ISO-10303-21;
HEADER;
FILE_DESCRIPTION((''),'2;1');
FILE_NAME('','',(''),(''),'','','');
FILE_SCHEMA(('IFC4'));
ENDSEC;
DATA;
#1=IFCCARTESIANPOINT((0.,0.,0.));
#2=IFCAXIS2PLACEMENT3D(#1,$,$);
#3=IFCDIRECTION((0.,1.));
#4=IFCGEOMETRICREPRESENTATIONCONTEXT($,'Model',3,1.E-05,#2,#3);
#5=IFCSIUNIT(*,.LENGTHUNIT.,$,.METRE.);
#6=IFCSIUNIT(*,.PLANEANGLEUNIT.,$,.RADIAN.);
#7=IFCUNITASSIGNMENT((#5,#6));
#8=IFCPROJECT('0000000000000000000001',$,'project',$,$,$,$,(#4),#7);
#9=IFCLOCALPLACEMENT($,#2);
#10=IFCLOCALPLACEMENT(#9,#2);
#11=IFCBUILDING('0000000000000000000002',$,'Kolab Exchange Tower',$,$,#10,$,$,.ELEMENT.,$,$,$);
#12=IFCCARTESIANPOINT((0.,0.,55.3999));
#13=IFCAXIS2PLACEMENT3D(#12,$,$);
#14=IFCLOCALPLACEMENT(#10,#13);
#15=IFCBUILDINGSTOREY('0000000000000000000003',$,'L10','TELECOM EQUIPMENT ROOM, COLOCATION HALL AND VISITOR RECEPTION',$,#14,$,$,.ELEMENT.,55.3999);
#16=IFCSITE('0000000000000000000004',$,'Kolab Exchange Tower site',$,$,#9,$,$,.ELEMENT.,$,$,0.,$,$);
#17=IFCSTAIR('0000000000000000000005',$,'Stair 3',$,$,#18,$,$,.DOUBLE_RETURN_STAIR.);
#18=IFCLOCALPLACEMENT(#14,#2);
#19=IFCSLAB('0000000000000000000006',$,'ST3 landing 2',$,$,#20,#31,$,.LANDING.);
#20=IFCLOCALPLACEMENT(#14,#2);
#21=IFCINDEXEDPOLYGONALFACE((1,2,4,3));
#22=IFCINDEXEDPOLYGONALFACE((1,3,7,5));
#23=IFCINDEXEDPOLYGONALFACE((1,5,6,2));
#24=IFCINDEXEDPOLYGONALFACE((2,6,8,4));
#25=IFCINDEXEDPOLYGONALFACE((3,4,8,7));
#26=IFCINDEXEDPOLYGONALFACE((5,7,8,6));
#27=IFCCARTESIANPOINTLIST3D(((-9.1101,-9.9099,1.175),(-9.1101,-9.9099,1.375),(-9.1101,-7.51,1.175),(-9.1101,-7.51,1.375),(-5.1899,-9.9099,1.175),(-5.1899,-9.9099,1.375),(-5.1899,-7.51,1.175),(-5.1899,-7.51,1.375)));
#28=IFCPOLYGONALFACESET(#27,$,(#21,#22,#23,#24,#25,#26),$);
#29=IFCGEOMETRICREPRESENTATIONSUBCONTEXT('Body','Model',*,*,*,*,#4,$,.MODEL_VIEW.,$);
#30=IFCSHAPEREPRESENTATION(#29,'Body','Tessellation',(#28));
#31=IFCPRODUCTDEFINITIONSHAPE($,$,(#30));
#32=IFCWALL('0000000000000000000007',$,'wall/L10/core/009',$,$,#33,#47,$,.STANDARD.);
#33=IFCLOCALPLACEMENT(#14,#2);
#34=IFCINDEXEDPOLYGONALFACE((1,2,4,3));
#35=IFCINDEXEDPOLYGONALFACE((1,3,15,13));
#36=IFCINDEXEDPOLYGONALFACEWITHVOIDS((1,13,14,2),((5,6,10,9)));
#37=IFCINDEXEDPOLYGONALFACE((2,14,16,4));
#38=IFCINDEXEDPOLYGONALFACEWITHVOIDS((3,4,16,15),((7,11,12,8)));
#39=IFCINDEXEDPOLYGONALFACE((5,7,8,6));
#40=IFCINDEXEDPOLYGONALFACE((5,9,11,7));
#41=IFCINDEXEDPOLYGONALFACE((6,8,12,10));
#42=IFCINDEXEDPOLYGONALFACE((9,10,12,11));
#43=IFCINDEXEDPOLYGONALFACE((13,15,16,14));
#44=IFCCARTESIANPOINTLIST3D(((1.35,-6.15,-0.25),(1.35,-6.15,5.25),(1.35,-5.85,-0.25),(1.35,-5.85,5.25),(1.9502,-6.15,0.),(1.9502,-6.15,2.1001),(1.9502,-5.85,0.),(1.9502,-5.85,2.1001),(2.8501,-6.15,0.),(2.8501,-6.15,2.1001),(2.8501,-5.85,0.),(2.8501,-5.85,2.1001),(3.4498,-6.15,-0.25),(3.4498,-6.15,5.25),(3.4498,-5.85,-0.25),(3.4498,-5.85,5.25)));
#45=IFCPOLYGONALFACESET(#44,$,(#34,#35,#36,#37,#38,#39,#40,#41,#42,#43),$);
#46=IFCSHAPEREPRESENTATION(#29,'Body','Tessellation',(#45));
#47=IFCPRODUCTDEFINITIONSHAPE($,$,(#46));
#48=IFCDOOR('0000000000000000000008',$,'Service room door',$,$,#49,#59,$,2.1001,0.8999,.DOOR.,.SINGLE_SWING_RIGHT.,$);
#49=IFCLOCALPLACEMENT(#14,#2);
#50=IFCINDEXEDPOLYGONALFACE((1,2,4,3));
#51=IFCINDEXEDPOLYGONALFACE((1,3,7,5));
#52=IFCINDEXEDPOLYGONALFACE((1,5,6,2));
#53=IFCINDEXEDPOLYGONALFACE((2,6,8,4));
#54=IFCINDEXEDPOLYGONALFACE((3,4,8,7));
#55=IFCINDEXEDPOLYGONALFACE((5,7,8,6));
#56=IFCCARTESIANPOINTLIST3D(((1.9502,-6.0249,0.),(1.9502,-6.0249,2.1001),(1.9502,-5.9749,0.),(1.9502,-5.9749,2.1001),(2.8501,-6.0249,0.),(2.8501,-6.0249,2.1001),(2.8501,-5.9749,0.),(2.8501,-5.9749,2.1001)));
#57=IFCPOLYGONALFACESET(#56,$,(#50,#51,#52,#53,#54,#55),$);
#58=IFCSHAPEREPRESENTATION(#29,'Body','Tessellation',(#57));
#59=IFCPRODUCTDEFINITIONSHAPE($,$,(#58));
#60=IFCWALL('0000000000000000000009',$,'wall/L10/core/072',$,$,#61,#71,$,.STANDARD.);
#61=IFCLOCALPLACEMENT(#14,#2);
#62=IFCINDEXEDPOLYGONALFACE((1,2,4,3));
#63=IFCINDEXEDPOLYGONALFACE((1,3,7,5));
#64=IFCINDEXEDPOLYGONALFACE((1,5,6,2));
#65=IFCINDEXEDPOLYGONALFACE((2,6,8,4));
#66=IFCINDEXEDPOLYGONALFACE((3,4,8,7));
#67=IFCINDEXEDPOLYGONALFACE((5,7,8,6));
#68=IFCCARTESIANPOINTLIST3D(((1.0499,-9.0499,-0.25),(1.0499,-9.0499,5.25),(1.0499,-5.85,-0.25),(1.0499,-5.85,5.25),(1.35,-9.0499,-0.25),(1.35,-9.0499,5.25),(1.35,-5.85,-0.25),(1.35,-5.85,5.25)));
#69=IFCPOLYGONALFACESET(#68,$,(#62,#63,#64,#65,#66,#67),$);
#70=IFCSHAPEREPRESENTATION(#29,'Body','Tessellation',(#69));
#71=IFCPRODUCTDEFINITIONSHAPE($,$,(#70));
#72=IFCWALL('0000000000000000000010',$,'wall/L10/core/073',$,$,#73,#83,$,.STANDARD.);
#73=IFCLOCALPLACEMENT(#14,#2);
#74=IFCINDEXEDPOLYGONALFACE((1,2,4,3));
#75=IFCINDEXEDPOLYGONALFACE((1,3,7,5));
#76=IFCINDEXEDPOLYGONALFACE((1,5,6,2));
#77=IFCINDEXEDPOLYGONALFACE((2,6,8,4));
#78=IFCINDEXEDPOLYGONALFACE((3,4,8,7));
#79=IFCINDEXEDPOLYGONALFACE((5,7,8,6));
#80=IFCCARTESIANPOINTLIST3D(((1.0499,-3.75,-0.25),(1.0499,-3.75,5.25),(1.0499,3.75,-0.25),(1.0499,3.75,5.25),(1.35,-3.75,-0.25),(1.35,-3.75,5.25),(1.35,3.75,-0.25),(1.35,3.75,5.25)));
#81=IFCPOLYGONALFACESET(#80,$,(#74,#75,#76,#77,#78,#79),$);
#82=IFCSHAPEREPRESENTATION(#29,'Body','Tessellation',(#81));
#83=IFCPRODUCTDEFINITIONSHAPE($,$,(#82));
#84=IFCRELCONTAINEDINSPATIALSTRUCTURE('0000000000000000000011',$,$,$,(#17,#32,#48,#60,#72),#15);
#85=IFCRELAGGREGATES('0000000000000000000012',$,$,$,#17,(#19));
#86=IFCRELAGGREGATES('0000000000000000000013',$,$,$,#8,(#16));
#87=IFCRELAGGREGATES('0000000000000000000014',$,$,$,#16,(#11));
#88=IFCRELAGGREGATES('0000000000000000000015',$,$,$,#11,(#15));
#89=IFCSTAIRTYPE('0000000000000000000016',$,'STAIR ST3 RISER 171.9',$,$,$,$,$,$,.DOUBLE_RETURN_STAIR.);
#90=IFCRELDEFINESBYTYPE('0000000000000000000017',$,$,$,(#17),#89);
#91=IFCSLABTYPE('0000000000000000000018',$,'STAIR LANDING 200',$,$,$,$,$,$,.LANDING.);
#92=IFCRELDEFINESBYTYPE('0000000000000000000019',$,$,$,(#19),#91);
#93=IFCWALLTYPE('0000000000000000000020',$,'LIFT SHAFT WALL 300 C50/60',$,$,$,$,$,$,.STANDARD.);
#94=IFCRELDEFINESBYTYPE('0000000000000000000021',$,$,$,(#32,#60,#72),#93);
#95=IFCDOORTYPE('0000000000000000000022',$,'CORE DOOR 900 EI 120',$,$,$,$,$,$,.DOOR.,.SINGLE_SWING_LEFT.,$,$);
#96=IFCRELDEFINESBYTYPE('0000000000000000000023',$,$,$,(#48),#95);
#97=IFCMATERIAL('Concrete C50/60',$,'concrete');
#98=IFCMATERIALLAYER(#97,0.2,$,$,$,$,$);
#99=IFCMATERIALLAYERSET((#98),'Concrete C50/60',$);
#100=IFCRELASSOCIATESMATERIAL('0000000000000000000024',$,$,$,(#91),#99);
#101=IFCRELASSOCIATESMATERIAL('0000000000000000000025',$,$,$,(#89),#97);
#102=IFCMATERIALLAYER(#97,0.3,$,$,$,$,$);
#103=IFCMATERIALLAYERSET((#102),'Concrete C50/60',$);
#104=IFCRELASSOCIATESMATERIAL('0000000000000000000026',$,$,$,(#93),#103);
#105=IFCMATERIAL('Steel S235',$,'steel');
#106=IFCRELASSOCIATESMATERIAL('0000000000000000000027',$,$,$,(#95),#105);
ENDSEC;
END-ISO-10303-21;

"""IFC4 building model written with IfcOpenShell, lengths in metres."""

from ifc_helpers import new_model, si_unit, direction, frame, frame_2d, origin, place, context, subcontext, project, spatial, polyline, rectangle, outline, extrude, material, layer, layer_set, type_object, element, fill, aggregate, save


model = new_model("IFC4")

# Units and contexts
model_context = context("Model", 3, precision=1e-05, world=origin(), true_north=direction((0.0, 1.0)))
body_context = subcontext(model_context, "Body", "Model", "MODEL_VIEW")
ifc_project = project(units=[si_unit("LENGTHUNIT", "METRE"), si_unit("PLANEANGLEUNIT", "RADIAN")], contexts=[model_context])

# Site, building, storey
site_placement = place(None, origin())
site = spatial("IfcSite", under=ifc_project, at=site_placement, Name="Kolab Exchange Tower site", CompositionType="ELEMENT", RefElevation=0.0)
building_placement = place(site_placement, origin())
building = spatial("IfcBuilding", under=site, at=building_placement, Name="Kolab Exchange Tower", CompositionType="ELEMENT")
storey_placement = place(building_placement, frame((0.0, 0.0, 55.3999)))
storey = spatial("IfcBuildingStorey", under=building, at=storey_placement, Name="L10", Description="TELECOM EQUIPMENT ROOM, COLOCATION HALL AND VISITOR RECEPTION", CompositionType="ELEMENT", Elevation=55.3999)

# Stair, slab
ifc_material_1 = material(Name="Concrete C50/60", Category="concrete")
ifc_layer_1 = layer(ifc_material_1, 0.2)
ifc_layer_set_1 = layer_set([ifc_layer_1], Name="Concrete C50/60")
slab_type_1 = type_object("IfcSlabType", Name="STAIR LANDING 200", PredefinedType="LANDING", material=ifc_layer_set_1)
stair_type_1 = type_object("IfcStairType", Name="STAIR ST3 RISER 171.9", PredefinedType="DOUBLE_RETURN_STAIR", material=ifc_material_1)
stair_1_placement = place(storey_placement, origin())
stair_1 = element("IfcStair", 1, at=stair_1_placement, inside=storey, type_object=stair_type_1, Name="Stair 3", PredefinedType="DOUBLE_RETURN_STAIR")
slab_1_placement = place(storey_placement, frame((0.0, 0.0, 1.175)))
slab_1 = element("IfcSlab", 2, at=slab_1_placement, type_object=slab_type_1, Name="ST3 landing 2", PredefinedType="LANDING", context=body_context, shape_type="SweptSolid", body=[
    extrude(outline(polyline([(-9.1101, -9.9099), (-5.1899, -9.9099), (-5.1899, -7.51), (-9.1101, -7.51), (-9.1101, -9.9099)])), origin(), (0.0, 0.0, 1.0), 0.2),
])
aggregate(stair_1, [slab_1])

# Wall, opening, door
ifc_layer_2 = layer(ifc_material_1, 0.3)
ifc_layer_set_2 = layer_set([ifc_layer_2], Name="Concrete C50/60")
wall_type = type_object("IfcWallType", Name="LIFT SHAFT WALL 300 C50/60", PredefinedType="STANDARD", material=ifc_layer_set_2)
wall_1_placement = place(storey_placement, frame((1.3501, -6.0, -0.25), z_axis=(0.0, 0.0, 1.0), x_axis=(1.0, 0.0, 0.0)))
wall_1 = element("IfcWall", 3, at=wall_1_placement, inside=storey, type_object=wall_type, Name="wall/L10/core/009", PredefinedType="STANDARD", context=body_context, shape_type="SweptSolid", body=[
    extrude(rectangle(XDim=2.0999, YDim=0.3, at=frame_2d((1.0498, 0.0))), origin(), (0.0, 0.0, 1.0), 5.5),
])
opening_placement = place(wall_1_placement, frame((0.6001, 0.0, 0.25)))
opening = element("IfcOpeningElement", 4, at=opening_placement, cuts=wall_1, PredefinedType="OPENING", context=body_context, shape_type="SweptSolid", body=[
    extrude(rectangle(XDim=0.8999, YDim=2.1001, at=frame_2d((0.45, 1.05))), frame((0.0, 0.1602, 0.0), z_axis=(0.0, -1.0, 0.0), x_axis=(1.0, 0.0, 0.0)), (0.0, 0.0, 1.0), 0.3201),
])
ifc_material_2 = material(Name="Steel S235", Category="steel")
door_type = type_object("IfcDoorType", Name="CORE DOOR 900 EI 120", OperationType="SINGLE_SWING_LEFT", PredefinedType="DOOR", material=ifc_material_2)
door_placement = place(opening_placement, frame((0.8999, 0.0, 0.0), z_axis=(0.0, 0.0, 1.0), x_axis=(-1.0, 0.0, 0.0)))
door = element("IfcDoor", 5, at=door_placement, inside=storey, type_object=door_type, Name="Service room door", OperationType="SINGLE_SWING_RIGHT", OverallHeight=2.1001, OverallWidth=0.8999, PredefinedType="DOOR", context=body_context, shape_type="SweptSolid", body=[
    extrude(rectangle(XDim=0.8999, YDim=2.1001, at=frame_2d((0.45, 1.05))), frame((0.0, 0.0249, 0.0), z_axis=(0.0, -1.0, 0.0), x_axis=(1.0, 0.0, 0.0)), (0.0, 0.0, 1.0), 0.05),
])
fill(opening, door)

# Walls
wall_2_placement = place(storey_placement, frame((1.2, -9.05, -0.25), z_axis=(0.0, 0.0, 1.0), x_axis=(0.0, 1.0, 0.0)))
element("IfcWall", 6, at=wall_2_placement, inside=storey, type_object=wall_type, Name="wall/L10/core/072", PredefinedType="STANDARD", context=body_context, shape_type="SweptSolid", body=[
    extrude(rectangle(XDim=3.2, YDim=0.3, at=frame_2d((1.6001, 0.0))), origin(), (0.0, 0.0, 1.0), 5.5),
])
wall_3_placement = place(storey_placement, frame((1.2, -3.75, -0.25), z_axis=(0.0, 0.0, 1.0), x_axis=(0.0, 1.0, 0.0)))
element("IfcWall", 7, at=wall_3_placement, inside=storey, type_object=wall_type, Name="wall/L10/core/073", PredefinedType="STANDARD", context=body_context, shape_type="SweptSolid", body=[
    extrude(rectangle(XDim=7.5, YDim=0.3, at=frame_2d((3.75, 0.0))), origin(), (0.0, 0.0, 1.0), 5.5),
])

save(model, "model.ifc")
